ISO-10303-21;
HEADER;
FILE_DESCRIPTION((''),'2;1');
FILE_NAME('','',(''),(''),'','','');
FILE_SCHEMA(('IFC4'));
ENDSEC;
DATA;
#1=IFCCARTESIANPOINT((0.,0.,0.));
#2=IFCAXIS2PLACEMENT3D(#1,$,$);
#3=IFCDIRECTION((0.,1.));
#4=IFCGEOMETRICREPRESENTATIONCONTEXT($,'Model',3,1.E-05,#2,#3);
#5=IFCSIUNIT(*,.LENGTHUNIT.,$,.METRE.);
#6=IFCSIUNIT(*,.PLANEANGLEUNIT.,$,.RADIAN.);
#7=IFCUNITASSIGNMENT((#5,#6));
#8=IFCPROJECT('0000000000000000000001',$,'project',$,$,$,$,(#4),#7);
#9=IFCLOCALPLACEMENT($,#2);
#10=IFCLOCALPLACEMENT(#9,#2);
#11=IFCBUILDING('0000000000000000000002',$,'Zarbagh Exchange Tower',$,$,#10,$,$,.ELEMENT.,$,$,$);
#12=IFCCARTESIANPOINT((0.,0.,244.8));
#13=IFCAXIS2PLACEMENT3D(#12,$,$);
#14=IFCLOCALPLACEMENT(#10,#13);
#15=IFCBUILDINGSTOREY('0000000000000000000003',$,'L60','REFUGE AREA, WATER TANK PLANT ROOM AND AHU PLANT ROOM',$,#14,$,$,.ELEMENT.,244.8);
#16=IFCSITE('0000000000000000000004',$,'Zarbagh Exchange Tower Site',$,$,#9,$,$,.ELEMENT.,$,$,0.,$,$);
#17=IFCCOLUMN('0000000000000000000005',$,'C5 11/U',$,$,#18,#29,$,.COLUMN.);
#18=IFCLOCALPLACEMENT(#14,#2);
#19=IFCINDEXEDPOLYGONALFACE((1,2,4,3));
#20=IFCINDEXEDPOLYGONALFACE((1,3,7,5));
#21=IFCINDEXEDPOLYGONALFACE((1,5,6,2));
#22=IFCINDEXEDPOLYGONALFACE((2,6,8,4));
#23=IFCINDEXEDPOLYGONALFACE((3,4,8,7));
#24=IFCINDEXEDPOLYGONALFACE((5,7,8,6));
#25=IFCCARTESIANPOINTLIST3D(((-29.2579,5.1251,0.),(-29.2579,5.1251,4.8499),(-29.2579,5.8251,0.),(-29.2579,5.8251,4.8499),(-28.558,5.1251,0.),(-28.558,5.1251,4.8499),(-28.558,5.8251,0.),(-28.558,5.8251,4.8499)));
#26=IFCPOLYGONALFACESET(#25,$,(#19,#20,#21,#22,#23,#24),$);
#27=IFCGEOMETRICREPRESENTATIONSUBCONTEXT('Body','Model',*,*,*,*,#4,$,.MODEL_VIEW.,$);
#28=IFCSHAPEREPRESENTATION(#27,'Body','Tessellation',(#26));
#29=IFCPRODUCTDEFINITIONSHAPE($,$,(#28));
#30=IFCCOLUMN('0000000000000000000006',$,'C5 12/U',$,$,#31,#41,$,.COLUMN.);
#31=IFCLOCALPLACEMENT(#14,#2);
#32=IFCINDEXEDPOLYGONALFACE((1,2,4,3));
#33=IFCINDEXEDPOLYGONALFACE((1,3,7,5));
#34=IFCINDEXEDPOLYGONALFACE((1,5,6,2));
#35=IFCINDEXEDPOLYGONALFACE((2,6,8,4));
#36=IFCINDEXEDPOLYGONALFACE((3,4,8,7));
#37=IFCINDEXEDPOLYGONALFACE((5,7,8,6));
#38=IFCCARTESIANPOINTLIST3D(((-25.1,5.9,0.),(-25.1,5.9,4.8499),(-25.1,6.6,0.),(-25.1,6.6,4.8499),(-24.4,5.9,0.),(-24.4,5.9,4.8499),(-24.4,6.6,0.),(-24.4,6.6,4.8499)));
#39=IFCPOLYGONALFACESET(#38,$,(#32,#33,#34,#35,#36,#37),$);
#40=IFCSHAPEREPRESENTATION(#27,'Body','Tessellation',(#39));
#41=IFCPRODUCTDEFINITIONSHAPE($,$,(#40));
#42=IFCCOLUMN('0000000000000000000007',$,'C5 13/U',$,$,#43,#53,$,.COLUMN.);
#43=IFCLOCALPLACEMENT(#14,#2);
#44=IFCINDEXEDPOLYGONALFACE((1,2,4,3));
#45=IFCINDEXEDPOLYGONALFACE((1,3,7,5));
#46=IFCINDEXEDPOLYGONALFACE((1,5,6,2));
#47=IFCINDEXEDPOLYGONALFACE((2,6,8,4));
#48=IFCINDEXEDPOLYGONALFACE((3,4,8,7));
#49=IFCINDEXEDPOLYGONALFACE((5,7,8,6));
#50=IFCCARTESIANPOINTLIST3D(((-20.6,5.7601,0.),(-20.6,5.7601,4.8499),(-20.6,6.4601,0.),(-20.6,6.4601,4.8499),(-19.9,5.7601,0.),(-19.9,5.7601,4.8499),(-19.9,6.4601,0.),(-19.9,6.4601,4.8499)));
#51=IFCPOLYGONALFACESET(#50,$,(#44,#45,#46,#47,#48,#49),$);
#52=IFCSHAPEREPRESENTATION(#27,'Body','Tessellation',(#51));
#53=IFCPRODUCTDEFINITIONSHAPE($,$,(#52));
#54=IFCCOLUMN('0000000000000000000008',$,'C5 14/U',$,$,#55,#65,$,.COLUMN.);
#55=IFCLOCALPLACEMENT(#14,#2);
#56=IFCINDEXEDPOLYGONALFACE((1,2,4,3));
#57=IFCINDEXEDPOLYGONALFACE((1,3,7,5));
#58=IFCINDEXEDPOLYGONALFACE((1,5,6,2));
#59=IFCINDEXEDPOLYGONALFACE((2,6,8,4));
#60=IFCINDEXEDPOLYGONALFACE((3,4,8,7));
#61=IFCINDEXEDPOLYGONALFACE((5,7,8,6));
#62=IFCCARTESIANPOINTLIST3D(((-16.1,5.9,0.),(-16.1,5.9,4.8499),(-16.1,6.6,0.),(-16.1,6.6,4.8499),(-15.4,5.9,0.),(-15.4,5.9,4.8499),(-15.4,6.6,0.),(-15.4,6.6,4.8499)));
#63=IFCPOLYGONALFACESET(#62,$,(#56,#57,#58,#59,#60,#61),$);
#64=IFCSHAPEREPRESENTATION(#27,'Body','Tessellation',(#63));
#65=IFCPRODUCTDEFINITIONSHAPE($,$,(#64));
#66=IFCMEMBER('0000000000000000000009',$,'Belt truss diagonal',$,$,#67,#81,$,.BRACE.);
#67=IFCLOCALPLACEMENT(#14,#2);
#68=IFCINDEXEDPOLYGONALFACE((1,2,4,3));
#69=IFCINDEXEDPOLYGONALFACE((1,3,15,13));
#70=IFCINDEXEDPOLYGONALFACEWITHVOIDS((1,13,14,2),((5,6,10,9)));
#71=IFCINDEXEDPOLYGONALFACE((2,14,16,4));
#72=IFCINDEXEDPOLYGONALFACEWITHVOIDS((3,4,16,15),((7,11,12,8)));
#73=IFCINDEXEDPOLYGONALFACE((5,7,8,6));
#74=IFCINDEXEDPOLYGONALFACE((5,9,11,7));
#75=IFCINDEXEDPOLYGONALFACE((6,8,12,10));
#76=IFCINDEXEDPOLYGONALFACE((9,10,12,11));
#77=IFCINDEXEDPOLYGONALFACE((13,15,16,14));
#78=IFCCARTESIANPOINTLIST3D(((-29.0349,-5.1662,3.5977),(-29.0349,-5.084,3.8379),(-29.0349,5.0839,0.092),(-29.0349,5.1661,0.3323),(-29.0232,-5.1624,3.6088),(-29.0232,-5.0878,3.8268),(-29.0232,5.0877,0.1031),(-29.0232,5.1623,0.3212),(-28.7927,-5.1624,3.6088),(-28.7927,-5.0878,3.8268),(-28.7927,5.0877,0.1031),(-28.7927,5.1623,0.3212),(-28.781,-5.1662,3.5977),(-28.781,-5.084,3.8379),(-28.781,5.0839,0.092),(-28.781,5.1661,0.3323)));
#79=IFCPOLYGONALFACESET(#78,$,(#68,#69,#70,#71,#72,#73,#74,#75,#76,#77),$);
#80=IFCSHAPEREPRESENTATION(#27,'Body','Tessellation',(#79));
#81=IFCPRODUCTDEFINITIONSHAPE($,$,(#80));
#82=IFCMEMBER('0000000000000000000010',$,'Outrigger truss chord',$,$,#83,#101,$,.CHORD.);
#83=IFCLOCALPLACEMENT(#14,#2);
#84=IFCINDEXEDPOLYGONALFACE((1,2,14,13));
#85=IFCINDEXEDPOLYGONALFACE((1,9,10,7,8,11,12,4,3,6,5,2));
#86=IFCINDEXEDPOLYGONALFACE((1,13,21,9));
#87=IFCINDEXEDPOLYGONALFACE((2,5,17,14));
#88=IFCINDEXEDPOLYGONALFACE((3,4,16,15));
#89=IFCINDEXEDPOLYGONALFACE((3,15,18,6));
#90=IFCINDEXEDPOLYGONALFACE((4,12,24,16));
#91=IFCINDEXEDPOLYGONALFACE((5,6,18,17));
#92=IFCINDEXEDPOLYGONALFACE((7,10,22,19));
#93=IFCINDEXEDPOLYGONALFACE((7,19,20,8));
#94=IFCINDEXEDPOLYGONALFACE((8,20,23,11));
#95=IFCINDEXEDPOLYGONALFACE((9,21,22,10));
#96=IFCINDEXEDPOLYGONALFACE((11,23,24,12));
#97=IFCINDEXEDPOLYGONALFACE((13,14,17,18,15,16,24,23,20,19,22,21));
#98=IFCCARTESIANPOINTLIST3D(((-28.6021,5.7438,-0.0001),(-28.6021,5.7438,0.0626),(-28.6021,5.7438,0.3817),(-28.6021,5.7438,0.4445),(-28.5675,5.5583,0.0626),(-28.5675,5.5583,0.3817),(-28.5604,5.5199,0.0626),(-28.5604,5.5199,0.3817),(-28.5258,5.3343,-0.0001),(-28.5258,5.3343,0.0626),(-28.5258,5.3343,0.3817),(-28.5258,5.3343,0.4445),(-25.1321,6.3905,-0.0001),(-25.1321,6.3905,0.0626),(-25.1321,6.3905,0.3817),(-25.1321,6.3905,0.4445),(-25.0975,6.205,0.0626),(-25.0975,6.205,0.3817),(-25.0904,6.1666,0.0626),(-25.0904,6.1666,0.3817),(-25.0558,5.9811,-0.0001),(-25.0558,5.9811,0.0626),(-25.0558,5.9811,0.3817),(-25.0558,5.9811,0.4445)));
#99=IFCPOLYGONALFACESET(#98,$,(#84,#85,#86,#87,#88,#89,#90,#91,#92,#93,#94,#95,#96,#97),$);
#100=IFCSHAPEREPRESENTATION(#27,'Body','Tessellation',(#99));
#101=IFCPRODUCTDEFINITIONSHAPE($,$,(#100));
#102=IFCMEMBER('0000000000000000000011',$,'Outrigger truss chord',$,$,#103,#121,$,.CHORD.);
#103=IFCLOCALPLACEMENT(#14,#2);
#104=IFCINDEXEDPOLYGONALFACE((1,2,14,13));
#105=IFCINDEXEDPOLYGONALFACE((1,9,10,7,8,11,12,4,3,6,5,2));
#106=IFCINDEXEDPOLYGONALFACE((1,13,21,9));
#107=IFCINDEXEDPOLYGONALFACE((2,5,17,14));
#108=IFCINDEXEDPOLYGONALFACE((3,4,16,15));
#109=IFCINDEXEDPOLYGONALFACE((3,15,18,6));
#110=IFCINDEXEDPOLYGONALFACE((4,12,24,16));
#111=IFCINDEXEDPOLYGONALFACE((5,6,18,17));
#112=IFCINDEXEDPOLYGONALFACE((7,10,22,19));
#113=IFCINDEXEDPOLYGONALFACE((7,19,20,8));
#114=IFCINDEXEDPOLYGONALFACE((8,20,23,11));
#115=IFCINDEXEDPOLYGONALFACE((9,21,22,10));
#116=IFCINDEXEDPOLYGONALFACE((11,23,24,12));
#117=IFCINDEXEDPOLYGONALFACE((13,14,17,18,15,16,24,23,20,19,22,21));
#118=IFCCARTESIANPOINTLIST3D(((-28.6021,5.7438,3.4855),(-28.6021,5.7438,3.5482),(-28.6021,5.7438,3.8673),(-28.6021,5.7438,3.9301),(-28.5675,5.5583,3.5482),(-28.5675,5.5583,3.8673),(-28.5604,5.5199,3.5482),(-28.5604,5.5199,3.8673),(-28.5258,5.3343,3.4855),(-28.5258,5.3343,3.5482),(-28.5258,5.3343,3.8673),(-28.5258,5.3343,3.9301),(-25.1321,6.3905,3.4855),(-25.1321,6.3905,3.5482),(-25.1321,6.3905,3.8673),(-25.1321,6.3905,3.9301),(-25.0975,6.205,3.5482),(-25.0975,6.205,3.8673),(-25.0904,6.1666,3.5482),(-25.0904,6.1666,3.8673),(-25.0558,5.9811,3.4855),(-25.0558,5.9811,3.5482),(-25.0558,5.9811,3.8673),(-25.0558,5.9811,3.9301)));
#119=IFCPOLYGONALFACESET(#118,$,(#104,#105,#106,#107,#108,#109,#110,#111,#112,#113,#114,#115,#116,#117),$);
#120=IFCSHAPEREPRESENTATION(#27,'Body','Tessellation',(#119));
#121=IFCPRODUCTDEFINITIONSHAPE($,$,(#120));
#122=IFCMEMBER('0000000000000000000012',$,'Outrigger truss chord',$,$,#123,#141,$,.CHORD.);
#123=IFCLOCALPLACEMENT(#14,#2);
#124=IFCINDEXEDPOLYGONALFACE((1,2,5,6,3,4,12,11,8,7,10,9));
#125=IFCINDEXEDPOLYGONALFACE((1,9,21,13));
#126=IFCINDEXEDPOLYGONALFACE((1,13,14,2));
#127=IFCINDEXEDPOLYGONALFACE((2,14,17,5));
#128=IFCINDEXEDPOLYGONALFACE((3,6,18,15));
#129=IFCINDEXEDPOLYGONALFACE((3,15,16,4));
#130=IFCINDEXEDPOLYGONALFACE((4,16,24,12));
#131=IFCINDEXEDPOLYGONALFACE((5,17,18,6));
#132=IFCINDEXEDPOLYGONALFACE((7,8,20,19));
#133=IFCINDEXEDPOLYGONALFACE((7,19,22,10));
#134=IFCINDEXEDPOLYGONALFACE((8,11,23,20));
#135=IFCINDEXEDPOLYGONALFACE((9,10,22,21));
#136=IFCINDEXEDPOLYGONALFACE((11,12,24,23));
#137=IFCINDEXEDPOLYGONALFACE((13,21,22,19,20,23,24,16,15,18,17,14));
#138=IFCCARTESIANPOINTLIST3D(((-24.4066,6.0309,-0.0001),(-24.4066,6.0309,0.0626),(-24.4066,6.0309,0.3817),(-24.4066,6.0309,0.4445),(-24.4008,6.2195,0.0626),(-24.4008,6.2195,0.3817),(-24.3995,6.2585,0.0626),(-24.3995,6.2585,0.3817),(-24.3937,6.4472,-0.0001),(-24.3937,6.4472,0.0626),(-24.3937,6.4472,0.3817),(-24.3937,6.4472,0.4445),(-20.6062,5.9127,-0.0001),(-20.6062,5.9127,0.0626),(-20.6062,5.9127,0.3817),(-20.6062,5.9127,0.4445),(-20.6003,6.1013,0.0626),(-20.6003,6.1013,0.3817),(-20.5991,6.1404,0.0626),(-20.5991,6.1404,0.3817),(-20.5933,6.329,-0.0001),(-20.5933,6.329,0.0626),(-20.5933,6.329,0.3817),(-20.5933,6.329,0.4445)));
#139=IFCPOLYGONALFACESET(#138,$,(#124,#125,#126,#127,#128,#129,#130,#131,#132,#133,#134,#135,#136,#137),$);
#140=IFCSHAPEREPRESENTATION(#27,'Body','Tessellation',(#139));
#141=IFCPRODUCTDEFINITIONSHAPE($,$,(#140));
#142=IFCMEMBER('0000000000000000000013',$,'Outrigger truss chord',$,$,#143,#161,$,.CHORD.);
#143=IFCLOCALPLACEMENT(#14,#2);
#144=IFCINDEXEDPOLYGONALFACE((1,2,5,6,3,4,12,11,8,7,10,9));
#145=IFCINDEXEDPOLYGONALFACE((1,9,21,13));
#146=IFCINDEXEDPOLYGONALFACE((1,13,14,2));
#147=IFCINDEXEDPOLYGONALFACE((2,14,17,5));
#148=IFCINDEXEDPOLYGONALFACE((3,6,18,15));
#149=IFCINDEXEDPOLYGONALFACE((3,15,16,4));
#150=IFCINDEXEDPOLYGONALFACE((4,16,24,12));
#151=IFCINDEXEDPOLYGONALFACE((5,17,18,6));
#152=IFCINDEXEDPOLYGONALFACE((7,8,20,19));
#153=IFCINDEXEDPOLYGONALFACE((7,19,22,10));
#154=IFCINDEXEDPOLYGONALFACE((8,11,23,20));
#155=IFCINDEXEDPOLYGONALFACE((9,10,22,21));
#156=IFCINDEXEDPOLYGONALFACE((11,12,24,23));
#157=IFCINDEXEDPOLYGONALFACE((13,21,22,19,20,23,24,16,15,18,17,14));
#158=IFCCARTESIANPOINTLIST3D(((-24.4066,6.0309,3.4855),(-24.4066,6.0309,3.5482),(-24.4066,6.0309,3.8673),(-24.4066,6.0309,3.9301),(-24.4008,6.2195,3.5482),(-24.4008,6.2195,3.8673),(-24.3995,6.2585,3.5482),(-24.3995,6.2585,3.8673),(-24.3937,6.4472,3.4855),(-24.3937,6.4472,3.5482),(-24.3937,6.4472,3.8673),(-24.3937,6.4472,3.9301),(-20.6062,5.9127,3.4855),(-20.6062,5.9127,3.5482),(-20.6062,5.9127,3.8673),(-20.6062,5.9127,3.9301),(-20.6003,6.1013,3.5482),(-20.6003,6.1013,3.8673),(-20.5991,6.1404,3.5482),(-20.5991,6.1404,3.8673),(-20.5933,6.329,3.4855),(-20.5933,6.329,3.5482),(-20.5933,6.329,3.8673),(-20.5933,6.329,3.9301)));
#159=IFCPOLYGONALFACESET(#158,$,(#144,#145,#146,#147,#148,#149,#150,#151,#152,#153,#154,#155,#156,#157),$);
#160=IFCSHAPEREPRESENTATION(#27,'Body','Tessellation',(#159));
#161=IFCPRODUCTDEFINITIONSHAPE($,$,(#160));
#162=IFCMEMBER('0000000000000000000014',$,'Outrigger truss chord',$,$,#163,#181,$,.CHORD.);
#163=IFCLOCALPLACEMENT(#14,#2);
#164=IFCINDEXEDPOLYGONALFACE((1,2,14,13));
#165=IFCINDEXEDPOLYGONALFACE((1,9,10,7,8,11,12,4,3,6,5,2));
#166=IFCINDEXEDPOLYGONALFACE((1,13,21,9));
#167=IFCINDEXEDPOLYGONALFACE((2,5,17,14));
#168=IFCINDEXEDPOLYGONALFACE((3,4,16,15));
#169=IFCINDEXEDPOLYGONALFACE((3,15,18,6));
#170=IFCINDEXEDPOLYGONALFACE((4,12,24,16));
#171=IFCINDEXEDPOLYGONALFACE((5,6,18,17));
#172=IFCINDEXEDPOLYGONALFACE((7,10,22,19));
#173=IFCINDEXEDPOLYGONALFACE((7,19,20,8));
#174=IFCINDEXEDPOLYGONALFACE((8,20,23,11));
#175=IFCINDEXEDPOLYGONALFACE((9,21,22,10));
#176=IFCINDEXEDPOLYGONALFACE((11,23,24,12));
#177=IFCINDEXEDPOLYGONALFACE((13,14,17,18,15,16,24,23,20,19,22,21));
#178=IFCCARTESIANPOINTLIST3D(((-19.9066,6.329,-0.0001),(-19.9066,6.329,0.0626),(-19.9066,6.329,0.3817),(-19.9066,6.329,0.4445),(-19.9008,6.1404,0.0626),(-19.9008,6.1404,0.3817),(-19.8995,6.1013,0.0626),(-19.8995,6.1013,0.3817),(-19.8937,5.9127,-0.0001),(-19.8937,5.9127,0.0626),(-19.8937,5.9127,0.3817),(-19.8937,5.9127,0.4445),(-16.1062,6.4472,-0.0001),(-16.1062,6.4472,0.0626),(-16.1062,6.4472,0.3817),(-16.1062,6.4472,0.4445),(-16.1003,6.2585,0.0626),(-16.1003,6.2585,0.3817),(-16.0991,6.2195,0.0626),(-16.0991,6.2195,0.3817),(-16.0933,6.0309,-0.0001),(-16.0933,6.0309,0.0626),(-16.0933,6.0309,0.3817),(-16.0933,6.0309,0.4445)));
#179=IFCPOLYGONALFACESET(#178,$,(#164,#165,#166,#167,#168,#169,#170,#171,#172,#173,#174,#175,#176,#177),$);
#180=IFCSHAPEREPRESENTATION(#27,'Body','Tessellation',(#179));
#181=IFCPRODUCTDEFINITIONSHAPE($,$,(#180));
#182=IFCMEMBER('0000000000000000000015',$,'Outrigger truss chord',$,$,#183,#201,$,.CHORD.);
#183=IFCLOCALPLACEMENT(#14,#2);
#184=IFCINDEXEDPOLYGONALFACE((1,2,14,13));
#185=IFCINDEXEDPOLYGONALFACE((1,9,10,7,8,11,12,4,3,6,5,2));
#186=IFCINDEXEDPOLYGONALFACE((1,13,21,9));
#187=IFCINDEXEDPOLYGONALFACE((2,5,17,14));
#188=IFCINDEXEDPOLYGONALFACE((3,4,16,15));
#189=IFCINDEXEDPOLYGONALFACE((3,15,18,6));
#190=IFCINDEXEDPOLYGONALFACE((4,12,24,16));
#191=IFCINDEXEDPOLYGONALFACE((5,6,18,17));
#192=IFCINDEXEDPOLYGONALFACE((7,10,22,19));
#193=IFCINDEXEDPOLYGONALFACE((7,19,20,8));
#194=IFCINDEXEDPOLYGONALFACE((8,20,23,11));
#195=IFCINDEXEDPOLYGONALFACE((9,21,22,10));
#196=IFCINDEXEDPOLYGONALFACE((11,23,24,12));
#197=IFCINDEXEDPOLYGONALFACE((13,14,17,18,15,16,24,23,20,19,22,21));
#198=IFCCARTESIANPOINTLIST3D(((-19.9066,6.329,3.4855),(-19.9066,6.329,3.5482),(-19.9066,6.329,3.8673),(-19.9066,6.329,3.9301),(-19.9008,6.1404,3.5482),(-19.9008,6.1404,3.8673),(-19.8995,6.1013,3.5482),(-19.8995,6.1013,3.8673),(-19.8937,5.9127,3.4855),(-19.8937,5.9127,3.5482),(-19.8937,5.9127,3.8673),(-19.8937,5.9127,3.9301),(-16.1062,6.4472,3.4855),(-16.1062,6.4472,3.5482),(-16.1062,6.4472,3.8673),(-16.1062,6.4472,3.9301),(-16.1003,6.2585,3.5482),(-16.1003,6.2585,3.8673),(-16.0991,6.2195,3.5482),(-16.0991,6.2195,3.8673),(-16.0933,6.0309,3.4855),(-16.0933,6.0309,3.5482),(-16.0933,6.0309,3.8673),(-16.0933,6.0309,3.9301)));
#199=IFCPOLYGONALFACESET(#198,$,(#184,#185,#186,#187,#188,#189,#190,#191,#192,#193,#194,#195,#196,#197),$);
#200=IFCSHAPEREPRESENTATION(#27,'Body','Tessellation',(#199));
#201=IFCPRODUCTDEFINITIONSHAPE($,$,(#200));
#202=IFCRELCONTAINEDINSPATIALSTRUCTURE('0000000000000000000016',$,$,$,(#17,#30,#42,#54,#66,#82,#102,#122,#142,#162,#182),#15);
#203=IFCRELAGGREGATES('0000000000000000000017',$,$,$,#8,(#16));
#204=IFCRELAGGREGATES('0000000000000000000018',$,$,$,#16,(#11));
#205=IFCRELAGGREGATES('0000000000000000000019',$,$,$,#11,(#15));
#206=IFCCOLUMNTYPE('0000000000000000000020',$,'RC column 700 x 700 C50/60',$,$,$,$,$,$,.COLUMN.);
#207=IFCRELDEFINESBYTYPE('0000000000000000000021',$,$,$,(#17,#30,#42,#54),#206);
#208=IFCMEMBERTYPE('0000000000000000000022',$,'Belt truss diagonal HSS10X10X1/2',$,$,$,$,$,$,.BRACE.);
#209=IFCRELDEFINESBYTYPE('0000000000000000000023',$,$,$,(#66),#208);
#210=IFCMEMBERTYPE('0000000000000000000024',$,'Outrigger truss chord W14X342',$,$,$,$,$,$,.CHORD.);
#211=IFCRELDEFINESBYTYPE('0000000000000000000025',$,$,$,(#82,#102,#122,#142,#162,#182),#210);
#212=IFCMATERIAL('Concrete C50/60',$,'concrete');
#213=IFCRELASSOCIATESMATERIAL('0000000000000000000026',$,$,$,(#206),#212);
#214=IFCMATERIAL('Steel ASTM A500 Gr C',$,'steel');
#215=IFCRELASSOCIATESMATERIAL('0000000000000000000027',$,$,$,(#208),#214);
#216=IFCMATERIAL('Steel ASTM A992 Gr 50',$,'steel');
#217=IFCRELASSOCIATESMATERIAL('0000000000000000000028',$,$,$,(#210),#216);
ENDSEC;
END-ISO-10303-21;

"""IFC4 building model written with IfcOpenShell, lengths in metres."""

from ifc_helpers import new_model, si_unit, direction, frame, origin, origin_2d, place, context, subcontext, project, spatial, rectangle, hollow_rectangle, i_section, extrude, material, material_profile, profile_set, type_object, element, save


model = new_model("IFC4")

# Units and contexts
model_context = context("Model", 3, precision=1e-05, world=origin(), true_north=direction((0.0, 1.0)))
body_context = subcontext(model_context, "Body", "Model", "MODEL_VIEW")
ifc_project = project(units=[si_unit("LENGTHUNIT", "METRE"), si_unit("PLANEANGLEUNIT", "RADIAN")], contexts=[model_context])

# Site, building, storey
site_placement = place(None, origin())
site = spatial("IfcSite", under=ifc_project, at=site_placement, Name="Zarbagh Exchange Tower Site", CompositionType="ELEMENT", RefElevation=0.0)
building_placement = place(site_placement, origin())
building = spatial("IfcBuilding", under=site, at=building_placement, Name="Zarbagh Exchange Tower", CompositionType="ELEMENT")
storey_placement = place(building_placement, frame((0.0, 0.0, 244.8)))
storey = spatial("IfcBuildingStorey", under=building, at=storey_placement, Name="L60", Description="REFUGE AREA, WATER TANK PLANT ROOM AND AHU PLANT ROOM", CompositionType="ELEMENT", Elevation=244.8)

# Columns
ifc_material_1 = material(Name="Concrete C50/60", Category="concrete")
ifc_material_profile_1 = material_profile(ifc_material_1, rectangle(XDim=0.7, YDim=0.7, at=origin_2d()), Name="RC column 700 x 700 C50/60")
ifc_profile_set_1 = profile_set([ifc_material_profile_1], Name="Concrete C50/60")
column_type = type_object("IfcColumnType", Name="RC column 700 x 700 C50/60", PredefinedType="COLUMN", material=ifc_profile_set_1)
for number, where, z_axis, x_axis, name in (
    (1, (-28.908, 5.4751, 0.0), (0.0, 0.0, 1.0), (1.0, 0.0, 0.0), "C5 11/U"),
    (2, (-24.75, 6.25, 0.0), (0.0, 0.0, 1.0), (1.0, 0.0, 0.0), "C5 12/U"),
    (3, (-20.25, 6.1101, 0.0), (0.0, 0.0, 1.0), (1.0, 0.0, 0.0), "C5 13/U"),
    (4, (-15.75, 6.25, 0.0), (0.0, 0.0, 1.0), (1.0, 0.0, 0.0), "C5 14/U"),
):
    element("IfcColumn", number, at=place(storey_placement, frame(where, z_axis=z_axis, x_axis=x_axis)), inside=storey, type_object=column_type, Name=name, PredefinedType="COLUMN", context=body_context, shape_type="SweptSolid", body=[
        extrude(rectangle(XDim=0.7, YDim=0.7, at=origin_2d()), origin(), (0.0, 0.0, 1.0), 4.8499),
    ])

# Members
ifc_material_2 = material(Name="Steel ASTM A500 Gr C", Category="steel")
ifc_material_profile_2 = material_profile(ifc_material_2, hollow_rectangle(XDim=0.2539, YDim=0.2539, WallThickness=0.0117, at=origin_2d()), Name="HSS10X10X1/2")
ifc_profile_set_2 = profile_set([ifc_material_profile_2], Name="Steel ASTM A500 Gr C")
member_type_1 = type_object("IfcMemberType", Name="Belt truss diagonal HSS10X10X1/2", PredefinedType="BRACE", material=ifc_profile_set_2)
member_1_placement = place(storey_placement, frame((-28.908, 5.125, 0.2122), z_axis=(0.0, -0.946191, 0.323608), x_axis=(1.0, 0.0, 0.0)))
element("IfcMember", 5, at=member_1_placement, inside=storey, type_object=member_type_1, Name="Belt truss diagonal", PredefinedType="BRACE", context=body_context, shape_type="SweptSolid", body=[
    extrude(hollow_rectangle(XDim=0.2539, YDim=0.2539, WallThickness=0.0117, at=origin_2d()), origin(), (0.0, 0.0, 1.0), 10.833),
])
ifc_material_3 = material(Name="Steel ASTM A992 Gr 50", Category="steel")
ifc_material_profile_3 = material_profile(ifc_material_3, i_section(OverallWidth=0.4165, OverallDepth=0.4446, WebThickness=0.0391, FlangeThickness=0.0627, at=origin_2d()), Name="W14X342")
ifc_profile_set_3 = profile_set([ifc_material_profile_3], Name="Steel ASTM A992 Gr 50")
member_type_2 = type_object("IfcMemberType", Name="Outrigger truss chord W14X342", PredefinedType="CHORD", material=ifc_profile_set_3)
for number, where, z_axis, x_axis, name in (
    (6, (-28.564, 5.5391, 0.2222), (0.983071, 0.183224, 0.0), (-0.183224, 0.983071, 0.0), "Outrigger truss chord"),
    (7, (-28.564, 5.5391, 3.7078), (0.983071, 0.183224, 0.0), (-0.183224, 0.983071, 0.0), "Outrigger truss chord"),
):
    element("IfcMember", number, at=place(storey_placement, frame(where, z_axis=z_axis, x_axis=x_axis)), inside=storey, type_object=member_type_2, Name=name, PredefinedType="CHORD", context=body_context, shape_type="SweptSolid", body=[
        extrude(i_section(OverallWidth=0.4165, OverallDepth=0.4446, WebThickness=0.0391, FlangeThickness=0.0627, at=origin_2d()), origin(), (0.0, 0.0, 1.0), 3.5298),
    ])
for number, where, z_axis, x_axis, name in (
    (8, (-24.4001, 6.239, 0.2222), (0.999517, -0.031078, 0.0), (0.031078, 0.999517, 0.0), "Outrigger truss chord"),
    (9, (-24.4001, 6.239, 3.7078), (0.999517, -0.031078, 0.0), (0.031078, 0.999517, 0.0), "Outrigger truss chord"),
    (10, (-19.9001, 6.1208, 0.2222), (0.999517, 0.031078, 0.0), (-0.031078, 0.999517, 0.0), "Outrigger truss chord"),
    (11, (-19.9001, 6.1208, 3.7078), (0.999517, 0.031078, 0.0), (-0.031078, 0.999517, 0.0), "Outrigger truss chord"),
):
    element("IfcMember", number, at=place(storey_placement, frame(where, z_axis=z_axis, x_axis=x_axis)), inside=storey, type_object=member_type_2, Name=name, PredefinedType="CHORD", context=body_context, shape_type="SweptSolid", body=[
        extrude(i_section(OverallWidth=0.4165, OverallDepth=0.4446, WebThickness=0.0391, FlangeThickness=0.0627, at=origin_2d()), origin(), (0.0, 0.0, 1.0), 3.8022),
    ])

save(model, "model.ifc")
